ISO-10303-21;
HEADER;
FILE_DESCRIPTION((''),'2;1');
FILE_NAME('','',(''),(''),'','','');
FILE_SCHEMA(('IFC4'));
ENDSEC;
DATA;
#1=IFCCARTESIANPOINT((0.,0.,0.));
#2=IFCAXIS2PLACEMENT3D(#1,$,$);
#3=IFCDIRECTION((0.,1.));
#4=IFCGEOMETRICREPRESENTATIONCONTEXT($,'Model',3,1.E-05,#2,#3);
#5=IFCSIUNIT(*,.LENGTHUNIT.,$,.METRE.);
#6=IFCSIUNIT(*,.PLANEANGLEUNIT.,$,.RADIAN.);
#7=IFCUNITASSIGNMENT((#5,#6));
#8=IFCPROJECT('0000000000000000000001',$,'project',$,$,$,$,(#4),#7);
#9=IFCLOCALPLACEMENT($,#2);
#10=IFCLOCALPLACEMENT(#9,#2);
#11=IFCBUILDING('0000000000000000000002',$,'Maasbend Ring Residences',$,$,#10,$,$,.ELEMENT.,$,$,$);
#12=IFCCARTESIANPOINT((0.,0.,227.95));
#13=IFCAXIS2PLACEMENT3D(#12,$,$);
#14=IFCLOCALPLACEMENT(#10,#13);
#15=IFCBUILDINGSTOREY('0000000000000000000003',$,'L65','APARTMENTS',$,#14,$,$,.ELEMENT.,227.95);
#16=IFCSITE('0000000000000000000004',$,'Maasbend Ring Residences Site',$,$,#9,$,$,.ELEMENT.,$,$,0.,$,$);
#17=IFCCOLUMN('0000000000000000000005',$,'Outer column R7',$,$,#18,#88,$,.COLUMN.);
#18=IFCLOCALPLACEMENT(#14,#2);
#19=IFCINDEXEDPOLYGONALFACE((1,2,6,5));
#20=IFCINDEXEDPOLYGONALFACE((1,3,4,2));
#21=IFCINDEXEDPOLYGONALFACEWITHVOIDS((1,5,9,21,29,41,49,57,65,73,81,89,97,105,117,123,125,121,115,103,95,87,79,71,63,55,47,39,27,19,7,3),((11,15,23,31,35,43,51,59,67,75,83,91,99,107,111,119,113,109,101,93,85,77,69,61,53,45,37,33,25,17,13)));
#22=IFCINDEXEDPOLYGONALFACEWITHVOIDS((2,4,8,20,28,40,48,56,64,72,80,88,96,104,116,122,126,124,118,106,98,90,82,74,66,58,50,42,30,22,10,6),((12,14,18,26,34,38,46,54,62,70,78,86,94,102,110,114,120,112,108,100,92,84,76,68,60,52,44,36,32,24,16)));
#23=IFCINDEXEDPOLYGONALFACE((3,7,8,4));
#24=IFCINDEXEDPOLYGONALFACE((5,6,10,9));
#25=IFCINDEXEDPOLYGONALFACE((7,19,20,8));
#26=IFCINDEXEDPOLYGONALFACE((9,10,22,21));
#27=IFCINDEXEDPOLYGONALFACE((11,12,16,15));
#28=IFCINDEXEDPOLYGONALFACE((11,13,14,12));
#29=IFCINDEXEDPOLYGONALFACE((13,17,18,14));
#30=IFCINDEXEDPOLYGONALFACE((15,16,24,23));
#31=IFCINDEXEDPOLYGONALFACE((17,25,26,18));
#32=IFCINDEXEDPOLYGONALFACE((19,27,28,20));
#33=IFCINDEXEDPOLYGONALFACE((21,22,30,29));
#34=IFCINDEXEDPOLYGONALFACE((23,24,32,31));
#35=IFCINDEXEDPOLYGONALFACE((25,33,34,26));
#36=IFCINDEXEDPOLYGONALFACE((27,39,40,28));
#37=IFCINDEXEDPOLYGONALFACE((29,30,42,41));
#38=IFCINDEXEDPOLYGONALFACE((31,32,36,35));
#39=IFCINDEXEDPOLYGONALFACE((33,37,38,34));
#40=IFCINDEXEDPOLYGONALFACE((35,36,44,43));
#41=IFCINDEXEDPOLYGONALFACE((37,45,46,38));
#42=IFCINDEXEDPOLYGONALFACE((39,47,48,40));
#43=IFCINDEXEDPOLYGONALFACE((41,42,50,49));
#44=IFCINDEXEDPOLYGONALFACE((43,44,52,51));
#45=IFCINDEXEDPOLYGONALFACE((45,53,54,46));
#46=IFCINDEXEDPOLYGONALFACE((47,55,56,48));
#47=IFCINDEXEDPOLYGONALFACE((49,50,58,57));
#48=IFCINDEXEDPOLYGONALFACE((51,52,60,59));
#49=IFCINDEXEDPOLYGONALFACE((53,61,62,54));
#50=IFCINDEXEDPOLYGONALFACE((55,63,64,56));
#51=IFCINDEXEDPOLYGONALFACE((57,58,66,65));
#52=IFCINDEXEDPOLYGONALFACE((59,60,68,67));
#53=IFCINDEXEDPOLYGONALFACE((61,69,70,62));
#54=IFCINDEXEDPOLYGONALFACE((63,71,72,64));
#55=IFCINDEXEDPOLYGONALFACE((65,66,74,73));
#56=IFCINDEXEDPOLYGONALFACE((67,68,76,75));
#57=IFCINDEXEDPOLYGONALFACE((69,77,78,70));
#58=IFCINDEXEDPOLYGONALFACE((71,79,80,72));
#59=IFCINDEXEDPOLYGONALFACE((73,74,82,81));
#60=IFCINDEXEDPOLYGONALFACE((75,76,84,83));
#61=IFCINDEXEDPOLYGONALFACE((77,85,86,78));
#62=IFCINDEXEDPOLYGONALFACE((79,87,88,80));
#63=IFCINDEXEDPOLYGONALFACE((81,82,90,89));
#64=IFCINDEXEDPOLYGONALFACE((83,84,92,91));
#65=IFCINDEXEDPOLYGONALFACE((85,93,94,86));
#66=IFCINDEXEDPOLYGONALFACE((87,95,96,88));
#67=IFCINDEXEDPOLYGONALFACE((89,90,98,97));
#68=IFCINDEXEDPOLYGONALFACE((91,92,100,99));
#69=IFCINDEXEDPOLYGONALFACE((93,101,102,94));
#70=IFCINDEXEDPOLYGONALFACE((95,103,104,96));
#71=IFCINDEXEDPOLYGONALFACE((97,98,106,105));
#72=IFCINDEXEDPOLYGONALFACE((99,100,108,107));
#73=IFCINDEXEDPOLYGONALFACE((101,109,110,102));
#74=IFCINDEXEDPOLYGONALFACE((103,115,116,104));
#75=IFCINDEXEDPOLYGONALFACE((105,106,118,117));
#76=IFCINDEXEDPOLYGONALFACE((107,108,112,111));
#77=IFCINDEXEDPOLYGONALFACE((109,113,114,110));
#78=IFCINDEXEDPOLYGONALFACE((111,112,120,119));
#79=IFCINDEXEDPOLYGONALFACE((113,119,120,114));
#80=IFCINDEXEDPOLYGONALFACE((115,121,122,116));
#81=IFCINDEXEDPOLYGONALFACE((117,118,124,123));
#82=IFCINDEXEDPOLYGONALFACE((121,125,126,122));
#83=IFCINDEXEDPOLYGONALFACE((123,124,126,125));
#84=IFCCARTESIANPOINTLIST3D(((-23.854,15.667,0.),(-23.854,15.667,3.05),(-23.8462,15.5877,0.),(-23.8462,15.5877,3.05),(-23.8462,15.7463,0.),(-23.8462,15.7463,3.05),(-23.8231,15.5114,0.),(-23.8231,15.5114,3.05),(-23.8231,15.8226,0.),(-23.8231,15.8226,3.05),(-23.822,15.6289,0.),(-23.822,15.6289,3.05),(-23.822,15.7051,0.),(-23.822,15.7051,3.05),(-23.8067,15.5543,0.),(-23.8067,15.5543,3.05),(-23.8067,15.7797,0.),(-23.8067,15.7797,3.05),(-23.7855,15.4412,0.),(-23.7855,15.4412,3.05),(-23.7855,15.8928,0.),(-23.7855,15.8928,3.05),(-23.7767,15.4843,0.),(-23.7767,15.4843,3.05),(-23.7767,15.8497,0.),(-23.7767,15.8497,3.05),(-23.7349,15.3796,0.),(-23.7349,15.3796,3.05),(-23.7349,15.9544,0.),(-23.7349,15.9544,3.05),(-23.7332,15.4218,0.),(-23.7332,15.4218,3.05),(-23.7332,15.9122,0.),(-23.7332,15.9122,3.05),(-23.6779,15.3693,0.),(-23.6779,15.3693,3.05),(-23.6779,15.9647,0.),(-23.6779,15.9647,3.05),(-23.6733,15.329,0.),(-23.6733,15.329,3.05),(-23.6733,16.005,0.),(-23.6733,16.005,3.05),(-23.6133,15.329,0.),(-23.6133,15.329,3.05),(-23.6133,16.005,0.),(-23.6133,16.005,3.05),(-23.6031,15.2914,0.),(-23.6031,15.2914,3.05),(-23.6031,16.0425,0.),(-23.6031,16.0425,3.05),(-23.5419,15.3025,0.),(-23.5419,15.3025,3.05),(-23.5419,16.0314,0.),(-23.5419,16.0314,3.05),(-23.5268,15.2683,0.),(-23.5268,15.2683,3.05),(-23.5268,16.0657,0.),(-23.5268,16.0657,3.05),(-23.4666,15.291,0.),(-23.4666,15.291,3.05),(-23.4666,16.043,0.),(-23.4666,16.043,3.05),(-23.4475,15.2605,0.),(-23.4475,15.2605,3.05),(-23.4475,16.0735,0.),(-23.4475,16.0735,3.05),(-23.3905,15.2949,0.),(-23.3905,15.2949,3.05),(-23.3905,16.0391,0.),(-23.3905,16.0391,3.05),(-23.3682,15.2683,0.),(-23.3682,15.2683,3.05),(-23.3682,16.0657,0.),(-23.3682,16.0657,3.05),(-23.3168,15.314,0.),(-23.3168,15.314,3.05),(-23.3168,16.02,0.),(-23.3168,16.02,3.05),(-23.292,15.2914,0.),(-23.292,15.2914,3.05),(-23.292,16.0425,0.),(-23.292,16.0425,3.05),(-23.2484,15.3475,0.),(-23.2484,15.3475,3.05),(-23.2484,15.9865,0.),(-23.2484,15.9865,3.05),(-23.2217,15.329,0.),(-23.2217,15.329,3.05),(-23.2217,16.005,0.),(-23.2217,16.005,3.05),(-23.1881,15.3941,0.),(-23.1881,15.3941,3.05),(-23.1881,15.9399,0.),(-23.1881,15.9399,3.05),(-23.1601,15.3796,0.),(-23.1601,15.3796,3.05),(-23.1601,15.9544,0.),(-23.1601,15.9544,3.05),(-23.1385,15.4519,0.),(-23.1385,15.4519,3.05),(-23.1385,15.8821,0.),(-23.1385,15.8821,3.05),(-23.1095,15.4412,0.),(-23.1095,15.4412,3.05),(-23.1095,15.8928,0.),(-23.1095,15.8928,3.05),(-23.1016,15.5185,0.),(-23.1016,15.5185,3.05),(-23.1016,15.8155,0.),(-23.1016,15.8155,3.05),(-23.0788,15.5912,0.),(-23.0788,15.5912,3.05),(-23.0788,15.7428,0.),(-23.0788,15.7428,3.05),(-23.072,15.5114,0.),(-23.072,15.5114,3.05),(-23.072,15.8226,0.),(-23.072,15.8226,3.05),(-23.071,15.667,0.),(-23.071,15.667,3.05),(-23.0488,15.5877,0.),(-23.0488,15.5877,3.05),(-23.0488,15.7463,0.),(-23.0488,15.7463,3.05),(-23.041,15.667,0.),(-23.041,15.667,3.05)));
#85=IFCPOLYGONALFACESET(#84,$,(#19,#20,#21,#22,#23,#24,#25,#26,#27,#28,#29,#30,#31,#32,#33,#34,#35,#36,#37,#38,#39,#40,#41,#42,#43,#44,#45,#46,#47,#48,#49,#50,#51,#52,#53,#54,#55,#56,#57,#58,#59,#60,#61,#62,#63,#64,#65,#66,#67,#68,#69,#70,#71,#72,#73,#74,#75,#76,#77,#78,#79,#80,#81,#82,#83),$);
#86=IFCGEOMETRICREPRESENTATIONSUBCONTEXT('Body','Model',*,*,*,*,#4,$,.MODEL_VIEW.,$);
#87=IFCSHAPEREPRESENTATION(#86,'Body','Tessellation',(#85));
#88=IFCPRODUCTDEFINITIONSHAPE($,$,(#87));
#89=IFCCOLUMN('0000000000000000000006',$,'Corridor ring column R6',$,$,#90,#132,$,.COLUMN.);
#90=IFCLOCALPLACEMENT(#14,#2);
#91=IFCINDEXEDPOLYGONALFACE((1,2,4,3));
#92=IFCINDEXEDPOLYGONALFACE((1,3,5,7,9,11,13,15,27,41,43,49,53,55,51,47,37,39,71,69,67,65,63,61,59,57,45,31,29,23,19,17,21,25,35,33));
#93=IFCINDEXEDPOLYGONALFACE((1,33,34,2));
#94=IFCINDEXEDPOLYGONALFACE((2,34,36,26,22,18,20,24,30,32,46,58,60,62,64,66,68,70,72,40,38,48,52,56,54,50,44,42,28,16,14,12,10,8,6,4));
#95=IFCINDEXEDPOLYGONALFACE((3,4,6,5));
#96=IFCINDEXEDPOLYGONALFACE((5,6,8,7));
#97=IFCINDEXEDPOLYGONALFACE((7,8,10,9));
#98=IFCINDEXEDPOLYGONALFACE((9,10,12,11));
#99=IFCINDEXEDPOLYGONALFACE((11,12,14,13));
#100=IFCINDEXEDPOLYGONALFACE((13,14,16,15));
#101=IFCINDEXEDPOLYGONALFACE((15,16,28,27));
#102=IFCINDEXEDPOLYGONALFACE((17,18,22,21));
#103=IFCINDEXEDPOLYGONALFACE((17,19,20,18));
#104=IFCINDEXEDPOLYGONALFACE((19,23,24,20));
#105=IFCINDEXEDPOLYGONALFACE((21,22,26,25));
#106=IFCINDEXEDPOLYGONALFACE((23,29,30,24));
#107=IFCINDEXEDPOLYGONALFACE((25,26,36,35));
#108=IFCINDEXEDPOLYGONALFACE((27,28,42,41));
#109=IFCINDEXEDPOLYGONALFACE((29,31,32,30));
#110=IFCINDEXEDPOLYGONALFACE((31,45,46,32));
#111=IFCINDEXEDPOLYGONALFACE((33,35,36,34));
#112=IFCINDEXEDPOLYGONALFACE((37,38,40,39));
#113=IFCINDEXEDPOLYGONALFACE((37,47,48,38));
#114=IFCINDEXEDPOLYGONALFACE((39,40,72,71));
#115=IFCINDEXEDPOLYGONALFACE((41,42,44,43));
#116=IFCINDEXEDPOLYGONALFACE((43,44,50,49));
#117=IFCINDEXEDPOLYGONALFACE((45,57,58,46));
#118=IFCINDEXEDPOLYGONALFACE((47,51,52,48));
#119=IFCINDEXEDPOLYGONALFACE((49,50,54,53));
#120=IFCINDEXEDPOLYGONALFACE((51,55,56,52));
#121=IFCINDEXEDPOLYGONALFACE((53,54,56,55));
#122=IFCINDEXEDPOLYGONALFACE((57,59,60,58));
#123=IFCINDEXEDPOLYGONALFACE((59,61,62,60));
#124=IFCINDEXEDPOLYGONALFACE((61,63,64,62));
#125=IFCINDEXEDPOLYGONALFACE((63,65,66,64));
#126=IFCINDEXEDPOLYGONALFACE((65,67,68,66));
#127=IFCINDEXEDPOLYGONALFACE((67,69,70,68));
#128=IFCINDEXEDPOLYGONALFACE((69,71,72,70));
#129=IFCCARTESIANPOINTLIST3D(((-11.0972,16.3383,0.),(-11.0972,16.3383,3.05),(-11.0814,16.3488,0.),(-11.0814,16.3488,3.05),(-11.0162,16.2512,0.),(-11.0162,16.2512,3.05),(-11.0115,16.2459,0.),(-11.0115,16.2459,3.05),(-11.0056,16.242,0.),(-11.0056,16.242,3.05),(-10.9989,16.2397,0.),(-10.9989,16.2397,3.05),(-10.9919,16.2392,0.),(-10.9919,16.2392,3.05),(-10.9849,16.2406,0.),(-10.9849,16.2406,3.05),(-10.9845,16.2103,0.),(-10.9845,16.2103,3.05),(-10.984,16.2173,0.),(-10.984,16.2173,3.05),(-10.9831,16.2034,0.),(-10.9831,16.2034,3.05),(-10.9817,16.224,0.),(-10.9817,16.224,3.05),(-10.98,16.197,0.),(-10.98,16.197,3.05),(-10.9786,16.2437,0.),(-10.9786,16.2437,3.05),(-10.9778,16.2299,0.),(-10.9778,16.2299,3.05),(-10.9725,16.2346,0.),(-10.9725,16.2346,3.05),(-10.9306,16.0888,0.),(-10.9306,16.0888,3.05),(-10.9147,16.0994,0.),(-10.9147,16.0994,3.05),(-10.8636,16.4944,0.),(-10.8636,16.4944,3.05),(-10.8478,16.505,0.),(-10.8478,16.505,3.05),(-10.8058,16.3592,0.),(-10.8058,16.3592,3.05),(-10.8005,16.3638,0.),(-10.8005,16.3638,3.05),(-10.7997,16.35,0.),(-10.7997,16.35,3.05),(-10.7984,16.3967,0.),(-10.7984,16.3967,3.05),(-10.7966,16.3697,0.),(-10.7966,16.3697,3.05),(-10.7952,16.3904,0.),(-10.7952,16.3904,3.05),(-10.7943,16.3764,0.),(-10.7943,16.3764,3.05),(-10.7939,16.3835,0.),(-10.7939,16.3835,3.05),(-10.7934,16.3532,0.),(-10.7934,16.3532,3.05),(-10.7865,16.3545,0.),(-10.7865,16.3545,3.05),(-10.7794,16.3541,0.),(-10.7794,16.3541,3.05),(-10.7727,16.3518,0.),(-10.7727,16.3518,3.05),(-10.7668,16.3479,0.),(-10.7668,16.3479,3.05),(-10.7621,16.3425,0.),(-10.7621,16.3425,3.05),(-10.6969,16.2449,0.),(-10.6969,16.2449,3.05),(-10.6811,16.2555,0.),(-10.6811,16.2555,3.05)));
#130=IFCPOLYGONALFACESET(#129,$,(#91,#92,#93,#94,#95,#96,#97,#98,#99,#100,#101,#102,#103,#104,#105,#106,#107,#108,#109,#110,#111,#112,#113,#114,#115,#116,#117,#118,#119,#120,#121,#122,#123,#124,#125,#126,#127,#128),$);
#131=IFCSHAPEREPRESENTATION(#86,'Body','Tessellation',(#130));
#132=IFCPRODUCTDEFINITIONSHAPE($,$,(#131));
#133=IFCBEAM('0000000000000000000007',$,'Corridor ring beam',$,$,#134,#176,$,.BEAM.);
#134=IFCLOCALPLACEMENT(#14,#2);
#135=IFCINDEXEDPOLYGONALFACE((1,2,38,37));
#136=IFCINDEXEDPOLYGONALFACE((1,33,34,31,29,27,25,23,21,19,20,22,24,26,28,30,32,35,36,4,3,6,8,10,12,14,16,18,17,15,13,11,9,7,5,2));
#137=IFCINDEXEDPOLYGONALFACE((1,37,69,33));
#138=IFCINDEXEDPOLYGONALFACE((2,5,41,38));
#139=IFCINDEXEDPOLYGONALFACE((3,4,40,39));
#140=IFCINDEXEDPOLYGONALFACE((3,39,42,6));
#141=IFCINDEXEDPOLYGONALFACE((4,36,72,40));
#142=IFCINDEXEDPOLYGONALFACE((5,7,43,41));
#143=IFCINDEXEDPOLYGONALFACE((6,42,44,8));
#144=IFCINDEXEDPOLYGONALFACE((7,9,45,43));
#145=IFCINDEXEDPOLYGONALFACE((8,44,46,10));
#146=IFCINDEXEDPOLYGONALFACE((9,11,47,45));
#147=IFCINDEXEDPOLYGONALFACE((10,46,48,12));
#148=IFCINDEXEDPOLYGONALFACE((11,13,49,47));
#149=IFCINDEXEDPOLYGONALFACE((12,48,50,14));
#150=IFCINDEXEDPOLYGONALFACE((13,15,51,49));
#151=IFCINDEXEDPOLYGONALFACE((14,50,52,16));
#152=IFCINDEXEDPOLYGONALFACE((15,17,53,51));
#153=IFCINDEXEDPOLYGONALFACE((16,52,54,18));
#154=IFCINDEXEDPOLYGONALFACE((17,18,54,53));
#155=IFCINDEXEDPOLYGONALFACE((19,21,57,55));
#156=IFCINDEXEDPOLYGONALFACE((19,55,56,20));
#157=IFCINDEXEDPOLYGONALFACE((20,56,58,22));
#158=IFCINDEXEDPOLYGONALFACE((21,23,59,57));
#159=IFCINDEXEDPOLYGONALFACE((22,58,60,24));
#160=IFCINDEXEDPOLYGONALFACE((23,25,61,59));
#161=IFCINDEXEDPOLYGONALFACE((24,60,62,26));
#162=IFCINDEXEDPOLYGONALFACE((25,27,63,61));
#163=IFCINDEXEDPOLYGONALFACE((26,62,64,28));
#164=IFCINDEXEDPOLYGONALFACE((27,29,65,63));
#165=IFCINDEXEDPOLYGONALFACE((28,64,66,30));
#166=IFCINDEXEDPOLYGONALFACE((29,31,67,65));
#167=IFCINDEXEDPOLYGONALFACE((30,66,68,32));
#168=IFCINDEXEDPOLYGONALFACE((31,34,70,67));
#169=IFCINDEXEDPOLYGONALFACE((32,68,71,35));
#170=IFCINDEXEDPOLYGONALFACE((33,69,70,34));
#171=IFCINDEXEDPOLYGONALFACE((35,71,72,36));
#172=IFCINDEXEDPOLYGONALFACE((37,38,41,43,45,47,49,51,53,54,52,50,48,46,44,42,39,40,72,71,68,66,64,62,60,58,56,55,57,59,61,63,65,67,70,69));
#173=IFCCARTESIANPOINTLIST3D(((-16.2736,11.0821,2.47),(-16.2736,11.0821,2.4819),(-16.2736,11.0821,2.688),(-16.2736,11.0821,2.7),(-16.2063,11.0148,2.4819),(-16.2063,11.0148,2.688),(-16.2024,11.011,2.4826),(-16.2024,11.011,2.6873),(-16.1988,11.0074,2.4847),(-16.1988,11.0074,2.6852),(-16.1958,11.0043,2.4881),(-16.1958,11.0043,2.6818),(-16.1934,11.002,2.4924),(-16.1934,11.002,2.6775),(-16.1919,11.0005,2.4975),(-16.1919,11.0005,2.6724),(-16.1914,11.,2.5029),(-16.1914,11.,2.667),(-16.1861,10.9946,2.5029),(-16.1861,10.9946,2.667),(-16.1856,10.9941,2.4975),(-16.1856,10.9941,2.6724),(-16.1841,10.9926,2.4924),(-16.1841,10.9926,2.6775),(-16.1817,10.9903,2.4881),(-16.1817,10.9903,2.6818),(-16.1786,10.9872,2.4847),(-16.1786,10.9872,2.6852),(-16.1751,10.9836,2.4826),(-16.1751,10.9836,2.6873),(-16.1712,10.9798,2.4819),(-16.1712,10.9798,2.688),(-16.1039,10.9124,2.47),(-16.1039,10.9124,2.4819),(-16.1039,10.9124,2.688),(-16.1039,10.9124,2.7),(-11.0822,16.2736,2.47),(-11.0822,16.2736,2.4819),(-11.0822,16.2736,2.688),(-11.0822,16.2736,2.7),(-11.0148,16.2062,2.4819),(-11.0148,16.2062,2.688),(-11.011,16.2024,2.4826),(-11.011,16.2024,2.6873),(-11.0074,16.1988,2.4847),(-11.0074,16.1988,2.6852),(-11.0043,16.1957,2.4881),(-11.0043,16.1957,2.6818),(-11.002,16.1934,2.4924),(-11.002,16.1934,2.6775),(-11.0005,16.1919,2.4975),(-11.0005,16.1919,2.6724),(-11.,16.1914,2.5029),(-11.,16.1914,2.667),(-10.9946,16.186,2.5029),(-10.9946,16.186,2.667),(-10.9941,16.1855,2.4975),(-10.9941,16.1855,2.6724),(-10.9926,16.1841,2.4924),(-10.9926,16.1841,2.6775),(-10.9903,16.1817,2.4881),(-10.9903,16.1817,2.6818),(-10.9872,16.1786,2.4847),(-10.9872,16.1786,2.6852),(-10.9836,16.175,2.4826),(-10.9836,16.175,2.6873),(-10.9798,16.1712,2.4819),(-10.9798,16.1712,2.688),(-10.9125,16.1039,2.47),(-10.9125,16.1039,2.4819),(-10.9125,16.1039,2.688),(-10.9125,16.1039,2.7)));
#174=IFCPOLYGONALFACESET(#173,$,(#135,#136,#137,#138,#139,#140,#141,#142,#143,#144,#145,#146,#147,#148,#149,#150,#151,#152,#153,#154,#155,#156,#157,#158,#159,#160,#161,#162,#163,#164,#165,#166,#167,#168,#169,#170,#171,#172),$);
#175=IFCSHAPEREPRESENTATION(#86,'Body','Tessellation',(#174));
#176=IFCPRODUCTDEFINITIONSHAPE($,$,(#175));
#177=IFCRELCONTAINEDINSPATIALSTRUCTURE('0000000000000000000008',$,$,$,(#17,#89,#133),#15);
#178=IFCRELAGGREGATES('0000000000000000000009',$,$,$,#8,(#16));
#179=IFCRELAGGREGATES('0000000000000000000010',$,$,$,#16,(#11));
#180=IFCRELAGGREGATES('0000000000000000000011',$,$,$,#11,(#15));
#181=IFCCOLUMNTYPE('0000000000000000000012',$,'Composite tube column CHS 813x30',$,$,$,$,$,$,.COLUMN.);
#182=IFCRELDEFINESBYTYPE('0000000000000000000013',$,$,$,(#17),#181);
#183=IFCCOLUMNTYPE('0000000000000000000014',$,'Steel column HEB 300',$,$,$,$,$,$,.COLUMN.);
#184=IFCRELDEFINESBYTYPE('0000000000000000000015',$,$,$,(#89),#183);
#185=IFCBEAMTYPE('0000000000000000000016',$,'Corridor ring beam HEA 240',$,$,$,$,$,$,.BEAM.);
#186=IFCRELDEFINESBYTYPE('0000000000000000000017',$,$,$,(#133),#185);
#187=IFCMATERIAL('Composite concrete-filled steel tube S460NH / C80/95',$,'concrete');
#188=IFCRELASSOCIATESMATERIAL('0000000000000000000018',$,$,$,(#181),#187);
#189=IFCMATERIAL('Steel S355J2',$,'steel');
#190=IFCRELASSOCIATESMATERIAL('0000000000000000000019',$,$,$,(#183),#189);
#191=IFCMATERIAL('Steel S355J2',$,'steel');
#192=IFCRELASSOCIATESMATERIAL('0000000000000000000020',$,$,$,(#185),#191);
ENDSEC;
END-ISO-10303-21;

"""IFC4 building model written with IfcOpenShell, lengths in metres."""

from ifc_helpers import new_model, si_unit, direction, frame, origin, origin_2d, place, context, subcontext, project, spatial, hollow_circle, i_section, extrude, material, material_profile, profile_set, type_object, element, save


model = new_model("IFC4")

# Units and contexts
model_context = context("Model", 3, precision=1e-05, world=origin(), true_north=direction((0.0, 1.0)))
body_context = subcontext(model_context, "Body", "Model", "MODEL_VIEW")
ifc_project = project(units=[si_unit("LENGTHUNIT", "METRE"), si_unit("PLANEANGLEUNIT", "RADIAN")], contexts=[model_context])

# Site, building, storey
site_placement = place(None, origin())
site = spatial("IfcSite", under=ifc_project, at=site_placement, Name="Maasbend Ring Residences Site", CompositionType="ELEMENT", RefElevation=0.0)
building_placement = place(site_placement, origin())
building = spatial("IfcBuilding", under=site, at=building_placement, Name="Maasbend Ring Residences", CompositionType="ELEMENT")
storey_placement = place(building_placement, frame((0.0, 0.0, 227.95)))
storey = spatial("IfcBuildingStorey", under=building, at=storey_placement, Name="L65", Description="APARTMENTS", CompositionType="ELEMENT", Elevation=227.95)

# Columns
ifc_material_1 = material(Name="Composite concrete-filled steel tube S460NH / C80/95", Category="concrete")
ifc_material_profile_1 = material_profile(ifc_material_1, hollow_circle(Radius=0.4065, WallThickness=0.03, at=origin_2d()), Name="Composite tube column CHS 813x30")
ifc_profile_set_1 = profile_set([ifc_material_profile_1], Name="Composite concrete-filled steel tube S460NH / C80/95")
column_type_1 = type_object("IfcColumnType", Name="Composite tube column CHS 813x30", PredefinedType="COLUMN", material=ifc_profile_set_1)
column_1_placement = place(storey_placement, frame((-23.4475, 15.667, 0.0), z_axis=(0.0, 0.0, 1.0), x_axis=(1.0, 0.0, 0.0)))
element("IfcColumn", 1, at=column_1_placement, inside=storey, type_object=column_type_1, Name="Outer column R7", PredefinedType="COLUMN", context=body_context, shape_type="SweptSolid", body=[
    extrude(hollow_circle(Radius=0.4065, WallThickness=0.03, at=origin_2d()), origin(), (0.0, 0.0, 1.0), 3.05),
])
ifc_material_2 = material(Name="Steel S355J2", Category="steel")
ifc_material_profile_2 = material_profile(ifc_material_2, i_section(OverallWidth=0.3, OverallDepth=0.3, WebThickness=0.011, FlangeThickness=0.019, FilletRadius=0.0271, at=origin_2d()), Name="HEB 300")
ifc_profile_set_2 = profile_set([ifc_material_profile_2], Name="Steel S355J2")
column_type_2 = type_object("IfcColumnType", Name="Steel column HEB 300", PredefinedType="COLUMN", material=ifc_profile_set_2)
column_2_placement = place(storey_placement, frame((-10.8892, 16.2969, 0.0), z_axis=(0.0, 0.0, 1.0), x_axis=(-0.55557, 0.83147, 0.0)))
element("IfcColumn", 2, at=column_2_placement, inside=storey, type_object=column_type_2, Name="Corridor ring column R6", PredefinedType="COLUMN", context=body_context, shape_type="SweptSolid", body=[
    extrude(i_section(OverallWidth=0.3, OverallDepth=0.3, WebThickness=0.011, FlangeThickness=0.019, FilletRadius=0.0271, at=origin_2d()), origin(), (0.0, 0.0, 1.0), 3.05),
])

# Beam
ifc_material_3 = material(Name="Steel S355J2", Category="steel")
ifc_material_profile_3 = material_profile(ifc_material_3, i_section(OverallWidth=0.24, OverallDepth=0.23, WebThickness=0.0076, FlangeThickness=0.012, FilletRadius=0.021, at=origin_2d()), Name="HEA 240")
ifc_profile_set_3 = profile_set([ifc_material_profile_3], Name="Steel S355J2")
beam_type = type_object("IfcBeamType", Name="Corridor ring beam HEA 240", PredefinedType="BEAM", material=ifc_profile_set_3)
beam_placement = place(storey_placement, frame((-10.9973, 16.1887, 2.585), z_axis=(-0.707107, -0.707107, 0.0), x_axis=(0.707107, -0.707107, 0.0)))
element("IfcBeam", 3, at=beam_placement, inside=storey, type_object=beam_type, Name="Corridor ring beam", PredefinedType="BEAM", context=body_context, shape_type="SweptSolid", body=[
    extrude(i_section(OverallWidth=0.24, OverallDepth=0.23, WebThickness=0.0076, FlangeThickness=0.012, FilletRadius=0.021, at=origin_2d()), origin(), (0.0, 0.0, 1.0), 7.3418),
])

save(model, "model.ifc")
